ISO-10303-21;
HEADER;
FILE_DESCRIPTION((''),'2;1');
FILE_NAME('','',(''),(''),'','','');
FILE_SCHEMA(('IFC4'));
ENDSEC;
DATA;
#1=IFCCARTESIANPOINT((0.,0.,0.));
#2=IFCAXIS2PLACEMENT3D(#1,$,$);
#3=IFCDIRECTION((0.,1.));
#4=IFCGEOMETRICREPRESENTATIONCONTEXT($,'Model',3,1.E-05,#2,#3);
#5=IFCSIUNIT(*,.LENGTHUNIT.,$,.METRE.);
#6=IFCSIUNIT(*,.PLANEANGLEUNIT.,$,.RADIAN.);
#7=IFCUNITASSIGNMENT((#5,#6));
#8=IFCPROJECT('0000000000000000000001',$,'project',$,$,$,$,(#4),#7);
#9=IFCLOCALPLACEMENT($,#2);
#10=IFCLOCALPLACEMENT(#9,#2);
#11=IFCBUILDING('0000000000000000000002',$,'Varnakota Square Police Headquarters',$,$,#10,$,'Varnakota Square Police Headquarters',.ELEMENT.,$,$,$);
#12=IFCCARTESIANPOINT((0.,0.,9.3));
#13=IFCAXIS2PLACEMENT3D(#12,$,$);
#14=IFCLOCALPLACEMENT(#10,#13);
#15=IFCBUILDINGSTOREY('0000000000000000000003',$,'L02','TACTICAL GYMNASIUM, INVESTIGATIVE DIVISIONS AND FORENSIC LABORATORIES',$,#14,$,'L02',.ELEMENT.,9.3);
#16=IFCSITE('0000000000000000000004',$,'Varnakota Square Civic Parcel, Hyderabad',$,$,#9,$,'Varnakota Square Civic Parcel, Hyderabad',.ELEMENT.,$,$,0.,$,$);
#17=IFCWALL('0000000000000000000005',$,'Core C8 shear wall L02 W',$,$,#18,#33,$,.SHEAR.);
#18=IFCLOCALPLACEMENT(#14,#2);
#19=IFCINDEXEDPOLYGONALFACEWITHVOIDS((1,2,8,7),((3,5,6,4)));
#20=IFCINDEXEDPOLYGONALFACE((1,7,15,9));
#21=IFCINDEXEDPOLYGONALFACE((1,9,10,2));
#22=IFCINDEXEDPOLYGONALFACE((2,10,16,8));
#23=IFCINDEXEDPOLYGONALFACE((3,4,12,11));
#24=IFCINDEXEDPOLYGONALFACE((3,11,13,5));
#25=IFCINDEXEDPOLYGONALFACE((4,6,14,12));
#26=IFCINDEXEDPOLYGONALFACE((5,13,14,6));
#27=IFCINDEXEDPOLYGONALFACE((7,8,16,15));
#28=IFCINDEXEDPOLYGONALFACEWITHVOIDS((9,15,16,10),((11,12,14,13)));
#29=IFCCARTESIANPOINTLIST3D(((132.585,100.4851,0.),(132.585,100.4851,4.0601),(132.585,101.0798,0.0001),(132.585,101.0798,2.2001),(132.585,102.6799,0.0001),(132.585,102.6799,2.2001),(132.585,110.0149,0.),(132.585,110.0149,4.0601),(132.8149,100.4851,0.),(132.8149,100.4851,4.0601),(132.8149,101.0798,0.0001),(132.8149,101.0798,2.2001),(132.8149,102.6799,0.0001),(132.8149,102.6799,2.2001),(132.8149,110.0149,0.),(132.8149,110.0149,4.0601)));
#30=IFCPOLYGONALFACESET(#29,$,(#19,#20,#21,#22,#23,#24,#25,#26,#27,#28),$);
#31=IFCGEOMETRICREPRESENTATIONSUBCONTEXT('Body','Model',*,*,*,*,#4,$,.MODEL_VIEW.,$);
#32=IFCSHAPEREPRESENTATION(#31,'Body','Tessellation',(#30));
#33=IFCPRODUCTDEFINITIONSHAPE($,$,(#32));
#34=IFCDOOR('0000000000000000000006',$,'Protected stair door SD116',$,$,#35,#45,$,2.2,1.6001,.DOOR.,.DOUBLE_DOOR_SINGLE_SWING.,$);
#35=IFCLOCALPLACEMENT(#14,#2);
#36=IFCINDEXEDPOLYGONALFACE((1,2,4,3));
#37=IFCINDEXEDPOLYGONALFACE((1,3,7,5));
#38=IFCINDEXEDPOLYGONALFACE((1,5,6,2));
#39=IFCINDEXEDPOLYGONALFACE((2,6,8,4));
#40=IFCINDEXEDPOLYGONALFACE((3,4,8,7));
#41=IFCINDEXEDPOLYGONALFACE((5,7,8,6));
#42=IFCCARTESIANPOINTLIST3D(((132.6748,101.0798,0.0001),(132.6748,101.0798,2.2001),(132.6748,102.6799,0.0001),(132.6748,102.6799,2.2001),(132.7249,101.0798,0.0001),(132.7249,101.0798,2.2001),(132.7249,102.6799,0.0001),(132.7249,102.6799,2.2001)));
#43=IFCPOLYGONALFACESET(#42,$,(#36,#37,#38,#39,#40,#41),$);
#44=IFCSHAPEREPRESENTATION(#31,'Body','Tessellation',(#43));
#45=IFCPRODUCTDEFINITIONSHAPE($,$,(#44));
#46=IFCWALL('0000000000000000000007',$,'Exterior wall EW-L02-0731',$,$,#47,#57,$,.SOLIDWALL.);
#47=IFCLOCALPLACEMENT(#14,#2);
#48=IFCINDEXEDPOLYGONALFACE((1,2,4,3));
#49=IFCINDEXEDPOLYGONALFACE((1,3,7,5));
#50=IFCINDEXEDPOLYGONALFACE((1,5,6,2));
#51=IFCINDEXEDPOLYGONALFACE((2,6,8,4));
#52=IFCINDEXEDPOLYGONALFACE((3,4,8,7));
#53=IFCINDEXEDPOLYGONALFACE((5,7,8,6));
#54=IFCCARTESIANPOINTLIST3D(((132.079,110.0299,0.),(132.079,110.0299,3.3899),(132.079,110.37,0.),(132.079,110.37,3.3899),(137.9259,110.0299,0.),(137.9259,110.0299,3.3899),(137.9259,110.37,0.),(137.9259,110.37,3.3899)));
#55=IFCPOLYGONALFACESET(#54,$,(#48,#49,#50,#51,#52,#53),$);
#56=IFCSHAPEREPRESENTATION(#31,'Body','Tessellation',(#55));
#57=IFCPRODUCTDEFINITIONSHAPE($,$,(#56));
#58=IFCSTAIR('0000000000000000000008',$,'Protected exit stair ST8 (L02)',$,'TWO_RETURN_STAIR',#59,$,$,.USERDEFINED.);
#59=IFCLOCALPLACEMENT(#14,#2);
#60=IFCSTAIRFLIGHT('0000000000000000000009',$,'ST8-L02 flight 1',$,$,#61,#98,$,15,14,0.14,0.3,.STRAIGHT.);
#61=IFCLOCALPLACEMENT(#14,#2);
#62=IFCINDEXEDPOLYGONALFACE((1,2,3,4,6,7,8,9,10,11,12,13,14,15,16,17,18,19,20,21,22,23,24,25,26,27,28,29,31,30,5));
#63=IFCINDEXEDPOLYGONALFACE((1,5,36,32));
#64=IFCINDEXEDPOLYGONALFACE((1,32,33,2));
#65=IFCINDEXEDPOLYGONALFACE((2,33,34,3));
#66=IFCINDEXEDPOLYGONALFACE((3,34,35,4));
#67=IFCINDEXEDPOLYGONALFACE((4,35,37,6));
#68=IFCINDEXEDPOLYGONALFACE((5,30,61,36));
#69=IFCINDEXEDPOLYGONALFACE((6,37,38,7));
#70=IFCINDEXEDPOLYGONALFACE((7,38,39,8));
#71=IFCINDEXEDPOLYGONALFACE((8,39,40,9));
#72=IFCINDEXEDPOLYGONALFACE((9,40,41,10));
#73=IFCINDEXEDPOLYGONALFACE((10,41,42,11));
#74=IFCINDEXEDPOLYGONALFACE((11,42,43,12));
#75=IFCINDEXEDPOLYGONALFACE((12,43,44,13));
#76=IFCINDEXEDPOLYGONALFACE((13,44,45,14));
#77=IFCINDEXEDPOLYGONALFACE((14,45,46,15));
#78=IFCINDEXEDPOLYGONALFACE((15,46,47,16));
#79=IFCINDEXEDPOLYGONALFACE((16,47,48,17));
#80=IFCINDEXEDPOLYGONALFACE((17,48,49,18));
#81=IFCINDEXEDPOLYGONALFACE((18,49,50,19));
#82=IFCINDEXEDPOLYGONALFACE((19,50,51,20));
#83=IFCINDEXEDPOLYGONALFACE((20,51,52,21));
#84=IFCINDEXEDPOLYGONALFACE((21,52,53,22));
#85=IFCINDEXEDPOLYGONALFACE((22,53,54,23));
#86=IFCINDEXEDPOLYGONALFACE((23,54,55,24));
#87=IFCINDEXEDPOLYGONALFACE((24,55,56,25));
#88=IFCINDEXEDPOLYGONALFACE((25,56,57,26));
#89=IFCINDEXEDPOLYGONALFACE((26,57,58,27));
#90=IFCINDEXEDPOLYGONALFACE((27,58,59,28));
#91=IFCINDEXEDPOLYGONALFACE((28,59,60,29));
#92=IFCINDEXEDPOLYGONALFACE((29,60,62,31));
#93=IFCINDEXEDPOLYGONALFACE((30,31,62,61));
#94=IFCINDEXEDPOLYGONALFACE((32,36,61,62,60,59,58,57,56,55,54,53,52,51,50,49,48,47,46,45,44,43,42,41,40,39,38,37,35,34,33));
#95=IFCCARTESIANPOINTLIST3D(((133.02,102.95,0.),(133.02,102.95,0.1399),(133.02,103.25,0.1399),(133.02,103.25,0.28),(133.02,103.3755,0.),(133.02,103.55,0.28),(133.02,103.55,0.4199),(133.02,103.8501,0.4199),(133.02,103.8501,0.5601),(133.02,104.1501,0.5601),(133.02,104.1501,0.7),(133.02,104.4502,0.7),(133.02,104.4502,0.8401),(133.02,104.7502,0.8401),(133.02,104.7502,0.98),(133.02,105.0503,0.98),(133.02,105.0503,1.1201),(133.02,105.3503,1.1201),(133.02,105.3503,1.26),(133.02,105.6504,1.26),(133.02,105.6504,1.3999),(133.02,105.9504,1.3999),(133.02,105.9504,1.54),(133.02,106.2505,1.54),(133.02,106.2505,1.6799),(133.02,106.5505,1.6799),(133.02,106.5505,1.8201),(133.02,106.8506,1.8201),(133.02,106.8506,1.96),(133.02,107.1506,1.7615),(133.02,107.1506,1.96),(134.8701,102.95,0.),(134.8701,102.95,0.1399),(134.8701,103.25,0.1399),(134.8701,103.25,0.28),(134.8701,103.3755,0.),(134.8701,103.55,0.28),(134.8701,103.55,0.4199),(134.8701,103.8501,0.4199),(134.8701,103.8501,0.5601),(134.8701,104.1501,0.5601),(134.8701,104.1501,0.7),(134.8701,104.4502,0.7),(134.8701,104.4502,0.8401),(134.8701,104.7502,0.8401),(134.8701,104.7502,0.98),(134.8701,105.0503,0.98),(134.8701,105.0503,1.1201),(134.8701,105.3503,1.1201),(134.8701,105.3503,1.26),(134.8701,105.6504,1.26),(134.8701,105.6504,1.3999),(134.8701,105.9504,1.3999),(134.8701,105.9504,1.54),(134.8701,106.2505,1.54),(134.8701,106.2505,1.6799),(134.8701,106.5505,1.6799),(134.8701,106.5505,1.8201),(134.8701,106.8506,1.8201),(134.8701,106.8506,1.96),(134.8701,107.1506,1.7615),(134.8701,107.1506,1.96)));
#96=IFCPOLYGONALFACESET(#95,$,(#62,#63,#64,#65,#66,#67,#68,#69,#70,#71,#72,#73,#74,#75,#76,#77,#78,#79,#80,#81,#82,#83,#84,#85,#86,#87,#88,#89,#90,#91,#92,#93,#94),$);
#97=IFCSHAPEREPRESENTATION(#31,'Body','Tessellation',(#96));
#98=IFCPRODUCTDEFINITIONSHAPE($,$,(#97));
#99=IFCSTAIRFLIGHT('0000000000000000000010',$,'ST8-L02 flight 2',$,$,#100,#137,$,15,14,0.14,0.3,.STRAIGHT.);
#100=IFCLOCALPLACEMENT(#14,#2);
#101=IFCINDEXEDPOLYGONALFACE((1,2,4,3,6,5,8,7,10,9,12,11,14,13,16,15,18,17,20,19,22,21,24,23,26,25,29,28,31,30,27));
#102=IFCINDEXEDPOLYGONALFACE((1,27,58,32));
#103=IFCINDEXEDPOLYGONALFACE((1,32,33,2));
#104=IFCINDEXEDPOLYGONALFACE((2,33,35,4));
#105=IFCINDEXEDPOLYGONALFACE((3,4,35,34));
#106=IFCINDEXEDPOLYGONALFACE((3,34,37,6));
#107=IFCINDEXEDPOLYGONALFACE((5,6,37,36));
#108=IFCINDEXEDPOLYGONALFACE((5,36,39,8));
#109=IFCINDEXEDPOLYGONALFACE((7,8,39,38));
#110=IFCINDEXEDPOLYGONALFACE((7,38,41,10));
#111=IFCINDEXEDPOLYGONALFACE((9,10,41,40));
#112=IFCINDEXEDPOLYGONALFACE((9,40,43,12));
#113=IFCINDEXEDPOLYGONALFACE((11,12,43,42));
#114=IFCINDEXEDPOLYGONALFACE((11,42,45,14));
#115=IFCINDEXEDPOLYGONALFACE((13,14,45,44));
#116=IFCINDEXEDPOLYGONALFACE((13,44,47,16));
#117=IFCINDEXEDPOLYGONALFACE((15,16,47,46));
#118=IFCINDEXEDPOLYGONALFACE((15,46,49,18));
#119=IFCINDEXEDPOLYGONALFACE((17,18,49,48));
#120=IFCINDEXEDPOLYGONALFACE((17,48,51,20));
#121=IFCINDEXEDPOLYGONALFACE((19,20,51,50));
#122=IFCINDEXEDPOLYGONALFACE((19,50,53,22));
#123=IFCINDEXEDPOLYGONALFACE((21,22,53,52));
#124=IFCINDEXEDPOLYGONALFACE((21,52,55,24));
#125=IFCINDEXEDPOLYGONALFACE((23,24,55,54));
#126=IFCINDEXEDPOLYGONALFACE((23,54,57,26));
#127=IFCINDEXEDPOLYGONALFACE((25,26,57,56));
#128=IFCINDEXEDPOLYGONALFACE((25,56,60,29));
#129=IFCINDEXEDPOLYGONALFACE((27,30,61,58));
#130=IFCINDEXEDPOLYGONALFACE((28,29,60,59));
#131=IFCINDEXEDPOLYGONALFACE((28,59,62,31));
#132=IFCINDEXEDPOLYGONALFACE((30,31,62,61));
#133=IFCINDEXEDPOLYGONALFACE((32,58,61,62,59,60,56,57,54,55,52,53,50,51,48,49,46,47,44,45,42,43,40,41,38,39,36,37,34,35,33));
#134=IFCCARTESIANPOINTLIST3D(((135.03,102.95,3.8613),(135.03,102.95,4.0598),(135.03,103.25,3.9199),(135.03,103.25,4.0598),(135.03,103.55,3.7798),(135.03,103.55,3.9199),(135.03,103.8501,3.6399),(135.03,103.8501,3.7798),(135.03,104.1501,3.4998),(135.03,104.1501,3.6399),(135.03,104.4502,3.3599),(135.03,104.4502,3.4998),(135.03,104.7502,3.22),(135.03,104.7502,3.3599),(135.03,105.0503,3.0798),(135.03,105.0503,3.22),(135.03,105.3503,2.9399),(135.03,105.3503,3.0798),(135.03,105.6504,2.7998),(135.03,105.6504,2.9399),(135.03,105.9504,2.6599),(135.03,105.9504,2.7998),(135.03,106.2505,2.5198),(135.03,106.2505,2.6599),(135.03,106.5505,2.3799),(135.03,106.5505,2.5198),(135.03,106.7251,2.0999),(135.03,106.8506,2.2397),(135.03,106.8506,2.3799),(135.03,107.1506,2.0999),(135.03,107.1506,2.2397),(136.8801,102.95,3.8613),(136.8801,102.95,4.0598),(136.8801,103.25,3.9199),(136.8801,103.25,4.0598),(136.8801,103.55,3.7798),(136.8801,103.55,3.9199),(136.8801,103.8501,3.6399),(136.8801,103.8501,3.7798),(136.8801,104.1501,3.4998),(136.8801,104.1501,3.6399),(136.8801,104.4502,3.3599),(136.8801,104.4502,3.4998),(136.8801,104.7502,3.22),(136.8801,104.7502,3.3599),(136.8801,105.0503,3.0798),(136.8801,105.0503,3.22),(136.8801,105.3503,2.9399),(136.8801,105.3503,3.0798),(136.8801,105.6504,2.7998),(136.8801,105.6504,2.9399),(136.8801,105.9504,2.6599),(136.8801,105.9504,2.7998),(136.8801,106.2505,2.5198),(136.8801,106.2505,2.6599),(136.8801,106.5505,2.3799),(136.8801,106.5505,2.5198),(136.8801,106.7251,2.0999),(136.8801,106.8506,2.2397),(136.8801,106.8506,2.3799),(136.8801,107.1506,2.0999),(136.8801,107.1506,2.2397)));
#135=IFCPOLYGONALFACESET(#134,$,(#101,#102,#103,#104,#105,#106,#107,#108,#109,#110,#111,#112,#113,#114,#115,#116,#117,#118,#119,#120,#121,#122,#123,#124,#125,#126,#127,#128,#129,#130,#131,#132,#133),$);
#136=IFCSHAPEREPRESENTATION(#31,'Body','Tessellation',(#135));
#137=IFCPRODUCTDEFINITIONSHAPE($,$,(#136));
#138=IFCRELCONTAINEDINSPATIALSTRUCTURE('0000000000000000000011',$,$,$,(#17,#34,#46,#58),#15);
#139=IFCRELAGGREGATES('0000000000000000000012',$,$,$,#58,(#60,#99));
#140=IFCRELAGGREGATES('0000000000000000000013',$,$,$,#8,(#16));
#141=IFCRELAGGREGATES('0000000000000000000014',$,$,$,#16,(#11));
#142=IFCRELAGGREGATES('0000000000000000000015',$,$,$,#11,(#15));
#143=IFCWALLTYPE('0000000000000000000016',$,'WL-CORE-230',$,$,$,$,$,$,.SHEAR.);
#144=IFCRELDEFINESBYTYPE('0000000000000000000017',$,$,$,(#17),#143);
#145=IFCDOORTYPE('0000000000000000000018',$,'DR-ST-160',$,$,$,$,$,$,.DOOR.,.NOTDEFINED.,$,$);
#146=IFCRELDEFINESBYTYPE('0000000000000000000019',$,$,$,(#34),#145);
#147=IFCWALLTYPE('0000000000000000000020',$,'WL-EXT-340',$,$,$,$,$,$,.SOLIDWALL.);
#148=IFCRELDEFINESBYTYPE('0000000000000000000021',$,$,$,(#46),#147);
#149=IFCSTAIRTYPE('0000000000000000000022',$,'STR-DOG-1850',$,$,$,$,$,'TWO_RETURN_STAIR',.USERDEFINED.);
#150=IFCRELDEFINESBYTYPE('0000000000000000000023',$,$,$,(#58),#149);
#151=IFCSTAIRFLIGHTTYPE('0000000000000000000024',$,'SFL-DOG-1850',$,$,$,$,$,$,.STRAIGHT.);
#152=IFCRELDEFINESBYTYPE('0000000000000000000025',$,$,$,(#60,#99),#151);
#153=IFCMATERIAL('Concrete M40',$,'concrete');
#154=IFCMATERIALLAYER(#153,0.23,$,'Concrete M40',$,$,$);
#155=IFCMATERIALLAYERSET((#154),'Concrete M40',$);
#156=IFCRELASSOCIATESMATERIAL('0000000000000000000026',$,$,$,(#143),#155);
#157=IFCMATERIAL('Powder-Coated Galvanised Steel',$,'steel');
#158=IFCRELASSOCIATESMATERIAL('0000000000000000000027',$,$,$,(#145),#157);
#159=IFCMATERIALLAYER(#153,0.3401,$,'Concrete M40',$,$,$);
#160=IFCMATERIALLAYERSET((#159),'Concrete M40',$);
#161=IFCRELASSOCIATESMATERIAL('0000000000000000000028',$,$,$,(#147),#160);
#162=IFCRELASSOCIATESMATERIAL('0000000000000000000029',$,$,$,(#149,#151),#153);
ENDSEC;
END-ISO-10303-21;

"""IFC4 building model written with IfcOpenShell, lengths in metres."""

from ifc_helpers import new_model, si_unit, direction, frame, frame_2d, origin, place, context, subcontext, project, spatial, polyline, rectangle, outline, extrude, material, layer, layer_set, type_object, element, fill, aggregate, save


model = new_model("IFC4")

# Units and contexts
model_context = context("Model", 3, precision=1e-05, world=origin(), true_north=direction((0.0, 1.0)))
body_context = subcontext(model_context, "Body", "Model", "MODEL_VIEW")
ifc_project = project(units=[si_unit("LENGTHUNIT", "METRE"), si_unit("PLANEANGLEUNIT", "RADIAN")], contexts=[model_context])

# Site, building, storey
site_placement = place(None, origin())
site = spatial("IfcSite", under=ifc_project, at=site_placement, Name="Varnakota Square Civic Parcel, Hyderabad", LongName="Varnakota Square Civic Parcel, Hyderabad", CompositionType="ELEMENT", RefElevation=0.0)
building_placement = place(site_placement, origin())
building = spatial("IfcBuilding", under=site, at=building_placement, Name="Varnakota Square Police Headquarters", LongName="Varnakota Square Police Headquarters", CompositionType="ELEMENT")
storey_placement = place(building_placement, frame((0.0, 0.0, 9.3)))
storey = spatial("IfcBuildingStorey", under=building, at=storey_placement, Name="L02", Description="TACTICAL GYMNASIUM, INVESTIGATIVE DIVISIONS AND FORENSIC LABORATORIES", LongName="L02", CompositionType="ELEMENT", Elevation=9.3)

# Shared definitions
ifc_material_1 = material(Name="Concrete M40", Category="concrete")
ifc_layer_1 = layer(ifc_material_1, 0.23, Name="Concrete M40")
ifc_layer_set_1 = layer_set([ifc_layer_1], Name="Concrete M40")
wall_type_1 = type_object("IfcWallType", Name="WL-CORE-230", PredefinedType="SHEAR", material=ifc_layer_set_1)

# Wall, opening, door
wall_1_placement = place(storey_placement, frame((132.7, 110.0149, 0.0), z_axis=(0.0, 0.0, 1.0), x_axis=(0.0, -1.0, 0.0)))
wall_1 = element("IfcWall", 1, at=wall_1_placement, inside=storey, type_object=wall_type_1, Name="Core C8 shear wall L02 W", PredefinedType="SHEAR", context=body_context, shape_type="SweptSolid", body=[
    extrude(rectangle(XDim=9.5298, YDim=0.23, at=frame_2d((4.7649, 0.0))), origin(), (0.0, 0.0, 1.0), 4.0601),
])
opening_placement = place(wall_1_placement, frame((7.335, 0.0, 0.0)))
opening = element("IfcOpeningElement", 2, at=opening_placement, cuts=wall_1, PredefinedType="OPENING", context=body_context, shape_type="SweptSolid", body=[
    extrude(rectangle(XDim=1.6001, YDim=2.2, at=frame_2d((0.8, 1.1001))), frame((0.0, 0.125, 0.0), z_axis=(0.0, -1.0, 0.0), x_axis=(1.0, 0.0, 0.0)), (0.0, 0.0, 1.0), 0.25),
])
ifc_material_2 = material(Name="Powder-Coated Galvanised Steel", Category="steel")
door_type = type_object("IfcDoorType", Name="DR-ST-160", OperationType="NOTDEFINED", PredefinedType="DOOR", material=ifc_material_2)
door_placement = place(opening_placement, origin())
door = element("IfcDoor", 3, at=door_placement, inside=storey, type_object=door_type, Name="Protected stair door SD116", OperationType="DOUBLE_DOOR_SINGLE_SWING", OverallHeight=2.2, OverallWidth=1.6001, PredefinedType="DOOR", context=body_context, shape_type="SweptSolid", body=[
    extrude(rectangle(XDim=1.6001, YDim=2.2, at=frame_2d((0.8, 1.1001))), frame((0.0, 0.0249, 0.0), z_axis=(0.0, -1.0, 0.0), x_axis=(1.0, 0.0, 0.0)), (0.0, 0.0, 1.0), 0.05),
])
fill(opening, door)

# Wall
ifc_layer_2 = layer(ifc_material_1, 0.3401, Name="Concrete M40")
ifc_layer_set_2 = layer_set([ifc_layer_2], Name="Concrete M40")
wall_type_2 = type_object("IfcWallType", Name="WL-EXT-340", PredefinedType="SOLIDWALL", material=ifc_layer_set_2)
wall_2_placement = place(storey_placement, frame((132.0791, 110.2, 0.0), z_axis=(0.0, 0.0, 1.0), x_axis=(1.0, 0.0, 0.0)))
element("IfcWall", 4, at=wall_2_placement, inside=storey, type_object=wall_type_2, Name="Exterior wall EW-L02-0731", PredefinedType="SOLIDWALL", context=body_context, shape_type="SweptSolid", body=[
    extrude(rectangle(XDim=5.8469, YDim=0.3401, at=frame_2d((2.9233, 0.0))), origin(), (0.0, 0.0, 1.0), 3.3899),
])

# Stair, stair flights
stair_type = type_object("IfcStairType", Name="STR-DOG-1850", ElementType="TWO_RETURN_STAIR", PredefinedType="USERDEFINED", material=ifc_material_1)
stair_placement = place(storey_placement, origin())
stair = element("IfcStair", 5, at=stair_placement, inside=storey, type_object=stair_type, Name="Protected exit stair ST8 (L02)", ObjectType="TWO_RETURN_STAIR", PredefinedType="USERDEFINED")
stair_flight_type = type_object("IfcStairFlightType", Name="SFL-DOG-1850", PredefinedType="STRAIGHT", material=ifc_material_1)
stair_flight_1_placement = place(storey_placement, frame((133.9451, 102.95, 0.0), z_axis=(0.0, 0.0, 1.0), x_axis=(0.0, 1.0, 0.0)))
stair_flight_1 = element("IfcStairFlight", 6, at=stair_flight_1_placement, type_object=stair_flight_type, Name="ST8-L02 flight 1", NumberOfRisers=15, NumberOfTreads=14, PredefinedType="STRAIGHT", RiserHeight=0.14, TreadLength=0.3, context=body_context, shape_type="SweptSolid", body=[
    extrude(outline(polyline([(0.0, 0.0), (0.0, 0.1399), (0.3, 0.1399), (0.3, 0.28), (0.6001, 0.28), (0.6001, 0.4199), (0.9001, 0.4199), (0.9001, 0.5601), (1.2002, 0.5601), (1.2002, 0.7), (1.5002, 0.7), (1.5002, 0.8401), (1.8003, 0.8401), (1.8003, 0.98), (2.1003, 0.98), (2.1003, 1.1201), (2.4004, 1.1201), (2.4004, 1.26), (2.7004, 1.26), (2.7004, 1.3999), (3.0005, 1.3999), (3.0005, 1.54), (3.3005, 1.54), (3.3005, 1.6799), (3.6006, 1.6799), (3.6006, 1.8201), (3.9006, 1.8201), (3.9006, 1.96), (4.2007, 1.96), (4.2007, 2.1001), (4.2007, 1.7615), (0.4255, 0.0), (0.0, 0.0)])), frame((0.0, 0.925, 0.0), z_axis=(0.0, -1.0, 0.0), x_axis=(1.0, 0.0, 0.0)), (0.0, 0.0, 1.0), 1.8501),
])
stair_flight_2_placement = place(storey_placement, frame((135.9551, 107.1506, 2.0999), z_axis=(0.0, 0.0, 1.0), x_axis=(0.0, -1.0, 0.0)))
stair_flight_2 = element("IfcStairFlight", 7, at=stair_flight_2_placement, type_object=stair_flight_type, Name="ST8-L02 flight 2", NumberOfRisers=15, NumberOfTreads=14, PredefinedType="STRAIGHT", RiserHeight=0.14, TreadLength=0.3, context=body_context, shape_type="SweptSolid", body=[
    extrude(outline(polyline([(0.0, 0.0), (0.0, 0.1399), (0.3, 0.1399), (0.3, 0.28), (0.6001, 0.28), (0.6001, 0.4199), (0.9001, 0.4199), (0.9001, 0.5601), (1.2002, 0.5601), (1.2002, 0.7), (1.5002, 0.7), (1.5002, 0.8401), (1.8003, 0.8401), (1.8003, 0.98), (2.1003, 0.98), (2.1003, 1.1201), (2.4004, 1.1201), (2.4004, 1.26), (2.7004, 1.26), (2.7004, 1.3999), (3.0005, 1.3999), (3.0005, 1.54), (3.3005, 1.54), (3.3005, 1.6799), (3.6006, 1.6799), (3.6006, 1.8201), (3.9006, 1.8201), (3.9006, 1.96), (4.2007, 1.96), (4.2007, 2.1001), (4.2007, 1.7615), (0.4255, 0.0), (0.0, 0.0)])), frame((0.0, 0.925, 0.0), z_axis=(0.0, -1.0, 0.0), x_axis=(1.0, 0.0, 0.0)), (0.0, 0.0, 1.0), 1.8501),
])
aggregate(stair, [stair_flight_1, stair_flight_2])

save(model, "model.ifc")
